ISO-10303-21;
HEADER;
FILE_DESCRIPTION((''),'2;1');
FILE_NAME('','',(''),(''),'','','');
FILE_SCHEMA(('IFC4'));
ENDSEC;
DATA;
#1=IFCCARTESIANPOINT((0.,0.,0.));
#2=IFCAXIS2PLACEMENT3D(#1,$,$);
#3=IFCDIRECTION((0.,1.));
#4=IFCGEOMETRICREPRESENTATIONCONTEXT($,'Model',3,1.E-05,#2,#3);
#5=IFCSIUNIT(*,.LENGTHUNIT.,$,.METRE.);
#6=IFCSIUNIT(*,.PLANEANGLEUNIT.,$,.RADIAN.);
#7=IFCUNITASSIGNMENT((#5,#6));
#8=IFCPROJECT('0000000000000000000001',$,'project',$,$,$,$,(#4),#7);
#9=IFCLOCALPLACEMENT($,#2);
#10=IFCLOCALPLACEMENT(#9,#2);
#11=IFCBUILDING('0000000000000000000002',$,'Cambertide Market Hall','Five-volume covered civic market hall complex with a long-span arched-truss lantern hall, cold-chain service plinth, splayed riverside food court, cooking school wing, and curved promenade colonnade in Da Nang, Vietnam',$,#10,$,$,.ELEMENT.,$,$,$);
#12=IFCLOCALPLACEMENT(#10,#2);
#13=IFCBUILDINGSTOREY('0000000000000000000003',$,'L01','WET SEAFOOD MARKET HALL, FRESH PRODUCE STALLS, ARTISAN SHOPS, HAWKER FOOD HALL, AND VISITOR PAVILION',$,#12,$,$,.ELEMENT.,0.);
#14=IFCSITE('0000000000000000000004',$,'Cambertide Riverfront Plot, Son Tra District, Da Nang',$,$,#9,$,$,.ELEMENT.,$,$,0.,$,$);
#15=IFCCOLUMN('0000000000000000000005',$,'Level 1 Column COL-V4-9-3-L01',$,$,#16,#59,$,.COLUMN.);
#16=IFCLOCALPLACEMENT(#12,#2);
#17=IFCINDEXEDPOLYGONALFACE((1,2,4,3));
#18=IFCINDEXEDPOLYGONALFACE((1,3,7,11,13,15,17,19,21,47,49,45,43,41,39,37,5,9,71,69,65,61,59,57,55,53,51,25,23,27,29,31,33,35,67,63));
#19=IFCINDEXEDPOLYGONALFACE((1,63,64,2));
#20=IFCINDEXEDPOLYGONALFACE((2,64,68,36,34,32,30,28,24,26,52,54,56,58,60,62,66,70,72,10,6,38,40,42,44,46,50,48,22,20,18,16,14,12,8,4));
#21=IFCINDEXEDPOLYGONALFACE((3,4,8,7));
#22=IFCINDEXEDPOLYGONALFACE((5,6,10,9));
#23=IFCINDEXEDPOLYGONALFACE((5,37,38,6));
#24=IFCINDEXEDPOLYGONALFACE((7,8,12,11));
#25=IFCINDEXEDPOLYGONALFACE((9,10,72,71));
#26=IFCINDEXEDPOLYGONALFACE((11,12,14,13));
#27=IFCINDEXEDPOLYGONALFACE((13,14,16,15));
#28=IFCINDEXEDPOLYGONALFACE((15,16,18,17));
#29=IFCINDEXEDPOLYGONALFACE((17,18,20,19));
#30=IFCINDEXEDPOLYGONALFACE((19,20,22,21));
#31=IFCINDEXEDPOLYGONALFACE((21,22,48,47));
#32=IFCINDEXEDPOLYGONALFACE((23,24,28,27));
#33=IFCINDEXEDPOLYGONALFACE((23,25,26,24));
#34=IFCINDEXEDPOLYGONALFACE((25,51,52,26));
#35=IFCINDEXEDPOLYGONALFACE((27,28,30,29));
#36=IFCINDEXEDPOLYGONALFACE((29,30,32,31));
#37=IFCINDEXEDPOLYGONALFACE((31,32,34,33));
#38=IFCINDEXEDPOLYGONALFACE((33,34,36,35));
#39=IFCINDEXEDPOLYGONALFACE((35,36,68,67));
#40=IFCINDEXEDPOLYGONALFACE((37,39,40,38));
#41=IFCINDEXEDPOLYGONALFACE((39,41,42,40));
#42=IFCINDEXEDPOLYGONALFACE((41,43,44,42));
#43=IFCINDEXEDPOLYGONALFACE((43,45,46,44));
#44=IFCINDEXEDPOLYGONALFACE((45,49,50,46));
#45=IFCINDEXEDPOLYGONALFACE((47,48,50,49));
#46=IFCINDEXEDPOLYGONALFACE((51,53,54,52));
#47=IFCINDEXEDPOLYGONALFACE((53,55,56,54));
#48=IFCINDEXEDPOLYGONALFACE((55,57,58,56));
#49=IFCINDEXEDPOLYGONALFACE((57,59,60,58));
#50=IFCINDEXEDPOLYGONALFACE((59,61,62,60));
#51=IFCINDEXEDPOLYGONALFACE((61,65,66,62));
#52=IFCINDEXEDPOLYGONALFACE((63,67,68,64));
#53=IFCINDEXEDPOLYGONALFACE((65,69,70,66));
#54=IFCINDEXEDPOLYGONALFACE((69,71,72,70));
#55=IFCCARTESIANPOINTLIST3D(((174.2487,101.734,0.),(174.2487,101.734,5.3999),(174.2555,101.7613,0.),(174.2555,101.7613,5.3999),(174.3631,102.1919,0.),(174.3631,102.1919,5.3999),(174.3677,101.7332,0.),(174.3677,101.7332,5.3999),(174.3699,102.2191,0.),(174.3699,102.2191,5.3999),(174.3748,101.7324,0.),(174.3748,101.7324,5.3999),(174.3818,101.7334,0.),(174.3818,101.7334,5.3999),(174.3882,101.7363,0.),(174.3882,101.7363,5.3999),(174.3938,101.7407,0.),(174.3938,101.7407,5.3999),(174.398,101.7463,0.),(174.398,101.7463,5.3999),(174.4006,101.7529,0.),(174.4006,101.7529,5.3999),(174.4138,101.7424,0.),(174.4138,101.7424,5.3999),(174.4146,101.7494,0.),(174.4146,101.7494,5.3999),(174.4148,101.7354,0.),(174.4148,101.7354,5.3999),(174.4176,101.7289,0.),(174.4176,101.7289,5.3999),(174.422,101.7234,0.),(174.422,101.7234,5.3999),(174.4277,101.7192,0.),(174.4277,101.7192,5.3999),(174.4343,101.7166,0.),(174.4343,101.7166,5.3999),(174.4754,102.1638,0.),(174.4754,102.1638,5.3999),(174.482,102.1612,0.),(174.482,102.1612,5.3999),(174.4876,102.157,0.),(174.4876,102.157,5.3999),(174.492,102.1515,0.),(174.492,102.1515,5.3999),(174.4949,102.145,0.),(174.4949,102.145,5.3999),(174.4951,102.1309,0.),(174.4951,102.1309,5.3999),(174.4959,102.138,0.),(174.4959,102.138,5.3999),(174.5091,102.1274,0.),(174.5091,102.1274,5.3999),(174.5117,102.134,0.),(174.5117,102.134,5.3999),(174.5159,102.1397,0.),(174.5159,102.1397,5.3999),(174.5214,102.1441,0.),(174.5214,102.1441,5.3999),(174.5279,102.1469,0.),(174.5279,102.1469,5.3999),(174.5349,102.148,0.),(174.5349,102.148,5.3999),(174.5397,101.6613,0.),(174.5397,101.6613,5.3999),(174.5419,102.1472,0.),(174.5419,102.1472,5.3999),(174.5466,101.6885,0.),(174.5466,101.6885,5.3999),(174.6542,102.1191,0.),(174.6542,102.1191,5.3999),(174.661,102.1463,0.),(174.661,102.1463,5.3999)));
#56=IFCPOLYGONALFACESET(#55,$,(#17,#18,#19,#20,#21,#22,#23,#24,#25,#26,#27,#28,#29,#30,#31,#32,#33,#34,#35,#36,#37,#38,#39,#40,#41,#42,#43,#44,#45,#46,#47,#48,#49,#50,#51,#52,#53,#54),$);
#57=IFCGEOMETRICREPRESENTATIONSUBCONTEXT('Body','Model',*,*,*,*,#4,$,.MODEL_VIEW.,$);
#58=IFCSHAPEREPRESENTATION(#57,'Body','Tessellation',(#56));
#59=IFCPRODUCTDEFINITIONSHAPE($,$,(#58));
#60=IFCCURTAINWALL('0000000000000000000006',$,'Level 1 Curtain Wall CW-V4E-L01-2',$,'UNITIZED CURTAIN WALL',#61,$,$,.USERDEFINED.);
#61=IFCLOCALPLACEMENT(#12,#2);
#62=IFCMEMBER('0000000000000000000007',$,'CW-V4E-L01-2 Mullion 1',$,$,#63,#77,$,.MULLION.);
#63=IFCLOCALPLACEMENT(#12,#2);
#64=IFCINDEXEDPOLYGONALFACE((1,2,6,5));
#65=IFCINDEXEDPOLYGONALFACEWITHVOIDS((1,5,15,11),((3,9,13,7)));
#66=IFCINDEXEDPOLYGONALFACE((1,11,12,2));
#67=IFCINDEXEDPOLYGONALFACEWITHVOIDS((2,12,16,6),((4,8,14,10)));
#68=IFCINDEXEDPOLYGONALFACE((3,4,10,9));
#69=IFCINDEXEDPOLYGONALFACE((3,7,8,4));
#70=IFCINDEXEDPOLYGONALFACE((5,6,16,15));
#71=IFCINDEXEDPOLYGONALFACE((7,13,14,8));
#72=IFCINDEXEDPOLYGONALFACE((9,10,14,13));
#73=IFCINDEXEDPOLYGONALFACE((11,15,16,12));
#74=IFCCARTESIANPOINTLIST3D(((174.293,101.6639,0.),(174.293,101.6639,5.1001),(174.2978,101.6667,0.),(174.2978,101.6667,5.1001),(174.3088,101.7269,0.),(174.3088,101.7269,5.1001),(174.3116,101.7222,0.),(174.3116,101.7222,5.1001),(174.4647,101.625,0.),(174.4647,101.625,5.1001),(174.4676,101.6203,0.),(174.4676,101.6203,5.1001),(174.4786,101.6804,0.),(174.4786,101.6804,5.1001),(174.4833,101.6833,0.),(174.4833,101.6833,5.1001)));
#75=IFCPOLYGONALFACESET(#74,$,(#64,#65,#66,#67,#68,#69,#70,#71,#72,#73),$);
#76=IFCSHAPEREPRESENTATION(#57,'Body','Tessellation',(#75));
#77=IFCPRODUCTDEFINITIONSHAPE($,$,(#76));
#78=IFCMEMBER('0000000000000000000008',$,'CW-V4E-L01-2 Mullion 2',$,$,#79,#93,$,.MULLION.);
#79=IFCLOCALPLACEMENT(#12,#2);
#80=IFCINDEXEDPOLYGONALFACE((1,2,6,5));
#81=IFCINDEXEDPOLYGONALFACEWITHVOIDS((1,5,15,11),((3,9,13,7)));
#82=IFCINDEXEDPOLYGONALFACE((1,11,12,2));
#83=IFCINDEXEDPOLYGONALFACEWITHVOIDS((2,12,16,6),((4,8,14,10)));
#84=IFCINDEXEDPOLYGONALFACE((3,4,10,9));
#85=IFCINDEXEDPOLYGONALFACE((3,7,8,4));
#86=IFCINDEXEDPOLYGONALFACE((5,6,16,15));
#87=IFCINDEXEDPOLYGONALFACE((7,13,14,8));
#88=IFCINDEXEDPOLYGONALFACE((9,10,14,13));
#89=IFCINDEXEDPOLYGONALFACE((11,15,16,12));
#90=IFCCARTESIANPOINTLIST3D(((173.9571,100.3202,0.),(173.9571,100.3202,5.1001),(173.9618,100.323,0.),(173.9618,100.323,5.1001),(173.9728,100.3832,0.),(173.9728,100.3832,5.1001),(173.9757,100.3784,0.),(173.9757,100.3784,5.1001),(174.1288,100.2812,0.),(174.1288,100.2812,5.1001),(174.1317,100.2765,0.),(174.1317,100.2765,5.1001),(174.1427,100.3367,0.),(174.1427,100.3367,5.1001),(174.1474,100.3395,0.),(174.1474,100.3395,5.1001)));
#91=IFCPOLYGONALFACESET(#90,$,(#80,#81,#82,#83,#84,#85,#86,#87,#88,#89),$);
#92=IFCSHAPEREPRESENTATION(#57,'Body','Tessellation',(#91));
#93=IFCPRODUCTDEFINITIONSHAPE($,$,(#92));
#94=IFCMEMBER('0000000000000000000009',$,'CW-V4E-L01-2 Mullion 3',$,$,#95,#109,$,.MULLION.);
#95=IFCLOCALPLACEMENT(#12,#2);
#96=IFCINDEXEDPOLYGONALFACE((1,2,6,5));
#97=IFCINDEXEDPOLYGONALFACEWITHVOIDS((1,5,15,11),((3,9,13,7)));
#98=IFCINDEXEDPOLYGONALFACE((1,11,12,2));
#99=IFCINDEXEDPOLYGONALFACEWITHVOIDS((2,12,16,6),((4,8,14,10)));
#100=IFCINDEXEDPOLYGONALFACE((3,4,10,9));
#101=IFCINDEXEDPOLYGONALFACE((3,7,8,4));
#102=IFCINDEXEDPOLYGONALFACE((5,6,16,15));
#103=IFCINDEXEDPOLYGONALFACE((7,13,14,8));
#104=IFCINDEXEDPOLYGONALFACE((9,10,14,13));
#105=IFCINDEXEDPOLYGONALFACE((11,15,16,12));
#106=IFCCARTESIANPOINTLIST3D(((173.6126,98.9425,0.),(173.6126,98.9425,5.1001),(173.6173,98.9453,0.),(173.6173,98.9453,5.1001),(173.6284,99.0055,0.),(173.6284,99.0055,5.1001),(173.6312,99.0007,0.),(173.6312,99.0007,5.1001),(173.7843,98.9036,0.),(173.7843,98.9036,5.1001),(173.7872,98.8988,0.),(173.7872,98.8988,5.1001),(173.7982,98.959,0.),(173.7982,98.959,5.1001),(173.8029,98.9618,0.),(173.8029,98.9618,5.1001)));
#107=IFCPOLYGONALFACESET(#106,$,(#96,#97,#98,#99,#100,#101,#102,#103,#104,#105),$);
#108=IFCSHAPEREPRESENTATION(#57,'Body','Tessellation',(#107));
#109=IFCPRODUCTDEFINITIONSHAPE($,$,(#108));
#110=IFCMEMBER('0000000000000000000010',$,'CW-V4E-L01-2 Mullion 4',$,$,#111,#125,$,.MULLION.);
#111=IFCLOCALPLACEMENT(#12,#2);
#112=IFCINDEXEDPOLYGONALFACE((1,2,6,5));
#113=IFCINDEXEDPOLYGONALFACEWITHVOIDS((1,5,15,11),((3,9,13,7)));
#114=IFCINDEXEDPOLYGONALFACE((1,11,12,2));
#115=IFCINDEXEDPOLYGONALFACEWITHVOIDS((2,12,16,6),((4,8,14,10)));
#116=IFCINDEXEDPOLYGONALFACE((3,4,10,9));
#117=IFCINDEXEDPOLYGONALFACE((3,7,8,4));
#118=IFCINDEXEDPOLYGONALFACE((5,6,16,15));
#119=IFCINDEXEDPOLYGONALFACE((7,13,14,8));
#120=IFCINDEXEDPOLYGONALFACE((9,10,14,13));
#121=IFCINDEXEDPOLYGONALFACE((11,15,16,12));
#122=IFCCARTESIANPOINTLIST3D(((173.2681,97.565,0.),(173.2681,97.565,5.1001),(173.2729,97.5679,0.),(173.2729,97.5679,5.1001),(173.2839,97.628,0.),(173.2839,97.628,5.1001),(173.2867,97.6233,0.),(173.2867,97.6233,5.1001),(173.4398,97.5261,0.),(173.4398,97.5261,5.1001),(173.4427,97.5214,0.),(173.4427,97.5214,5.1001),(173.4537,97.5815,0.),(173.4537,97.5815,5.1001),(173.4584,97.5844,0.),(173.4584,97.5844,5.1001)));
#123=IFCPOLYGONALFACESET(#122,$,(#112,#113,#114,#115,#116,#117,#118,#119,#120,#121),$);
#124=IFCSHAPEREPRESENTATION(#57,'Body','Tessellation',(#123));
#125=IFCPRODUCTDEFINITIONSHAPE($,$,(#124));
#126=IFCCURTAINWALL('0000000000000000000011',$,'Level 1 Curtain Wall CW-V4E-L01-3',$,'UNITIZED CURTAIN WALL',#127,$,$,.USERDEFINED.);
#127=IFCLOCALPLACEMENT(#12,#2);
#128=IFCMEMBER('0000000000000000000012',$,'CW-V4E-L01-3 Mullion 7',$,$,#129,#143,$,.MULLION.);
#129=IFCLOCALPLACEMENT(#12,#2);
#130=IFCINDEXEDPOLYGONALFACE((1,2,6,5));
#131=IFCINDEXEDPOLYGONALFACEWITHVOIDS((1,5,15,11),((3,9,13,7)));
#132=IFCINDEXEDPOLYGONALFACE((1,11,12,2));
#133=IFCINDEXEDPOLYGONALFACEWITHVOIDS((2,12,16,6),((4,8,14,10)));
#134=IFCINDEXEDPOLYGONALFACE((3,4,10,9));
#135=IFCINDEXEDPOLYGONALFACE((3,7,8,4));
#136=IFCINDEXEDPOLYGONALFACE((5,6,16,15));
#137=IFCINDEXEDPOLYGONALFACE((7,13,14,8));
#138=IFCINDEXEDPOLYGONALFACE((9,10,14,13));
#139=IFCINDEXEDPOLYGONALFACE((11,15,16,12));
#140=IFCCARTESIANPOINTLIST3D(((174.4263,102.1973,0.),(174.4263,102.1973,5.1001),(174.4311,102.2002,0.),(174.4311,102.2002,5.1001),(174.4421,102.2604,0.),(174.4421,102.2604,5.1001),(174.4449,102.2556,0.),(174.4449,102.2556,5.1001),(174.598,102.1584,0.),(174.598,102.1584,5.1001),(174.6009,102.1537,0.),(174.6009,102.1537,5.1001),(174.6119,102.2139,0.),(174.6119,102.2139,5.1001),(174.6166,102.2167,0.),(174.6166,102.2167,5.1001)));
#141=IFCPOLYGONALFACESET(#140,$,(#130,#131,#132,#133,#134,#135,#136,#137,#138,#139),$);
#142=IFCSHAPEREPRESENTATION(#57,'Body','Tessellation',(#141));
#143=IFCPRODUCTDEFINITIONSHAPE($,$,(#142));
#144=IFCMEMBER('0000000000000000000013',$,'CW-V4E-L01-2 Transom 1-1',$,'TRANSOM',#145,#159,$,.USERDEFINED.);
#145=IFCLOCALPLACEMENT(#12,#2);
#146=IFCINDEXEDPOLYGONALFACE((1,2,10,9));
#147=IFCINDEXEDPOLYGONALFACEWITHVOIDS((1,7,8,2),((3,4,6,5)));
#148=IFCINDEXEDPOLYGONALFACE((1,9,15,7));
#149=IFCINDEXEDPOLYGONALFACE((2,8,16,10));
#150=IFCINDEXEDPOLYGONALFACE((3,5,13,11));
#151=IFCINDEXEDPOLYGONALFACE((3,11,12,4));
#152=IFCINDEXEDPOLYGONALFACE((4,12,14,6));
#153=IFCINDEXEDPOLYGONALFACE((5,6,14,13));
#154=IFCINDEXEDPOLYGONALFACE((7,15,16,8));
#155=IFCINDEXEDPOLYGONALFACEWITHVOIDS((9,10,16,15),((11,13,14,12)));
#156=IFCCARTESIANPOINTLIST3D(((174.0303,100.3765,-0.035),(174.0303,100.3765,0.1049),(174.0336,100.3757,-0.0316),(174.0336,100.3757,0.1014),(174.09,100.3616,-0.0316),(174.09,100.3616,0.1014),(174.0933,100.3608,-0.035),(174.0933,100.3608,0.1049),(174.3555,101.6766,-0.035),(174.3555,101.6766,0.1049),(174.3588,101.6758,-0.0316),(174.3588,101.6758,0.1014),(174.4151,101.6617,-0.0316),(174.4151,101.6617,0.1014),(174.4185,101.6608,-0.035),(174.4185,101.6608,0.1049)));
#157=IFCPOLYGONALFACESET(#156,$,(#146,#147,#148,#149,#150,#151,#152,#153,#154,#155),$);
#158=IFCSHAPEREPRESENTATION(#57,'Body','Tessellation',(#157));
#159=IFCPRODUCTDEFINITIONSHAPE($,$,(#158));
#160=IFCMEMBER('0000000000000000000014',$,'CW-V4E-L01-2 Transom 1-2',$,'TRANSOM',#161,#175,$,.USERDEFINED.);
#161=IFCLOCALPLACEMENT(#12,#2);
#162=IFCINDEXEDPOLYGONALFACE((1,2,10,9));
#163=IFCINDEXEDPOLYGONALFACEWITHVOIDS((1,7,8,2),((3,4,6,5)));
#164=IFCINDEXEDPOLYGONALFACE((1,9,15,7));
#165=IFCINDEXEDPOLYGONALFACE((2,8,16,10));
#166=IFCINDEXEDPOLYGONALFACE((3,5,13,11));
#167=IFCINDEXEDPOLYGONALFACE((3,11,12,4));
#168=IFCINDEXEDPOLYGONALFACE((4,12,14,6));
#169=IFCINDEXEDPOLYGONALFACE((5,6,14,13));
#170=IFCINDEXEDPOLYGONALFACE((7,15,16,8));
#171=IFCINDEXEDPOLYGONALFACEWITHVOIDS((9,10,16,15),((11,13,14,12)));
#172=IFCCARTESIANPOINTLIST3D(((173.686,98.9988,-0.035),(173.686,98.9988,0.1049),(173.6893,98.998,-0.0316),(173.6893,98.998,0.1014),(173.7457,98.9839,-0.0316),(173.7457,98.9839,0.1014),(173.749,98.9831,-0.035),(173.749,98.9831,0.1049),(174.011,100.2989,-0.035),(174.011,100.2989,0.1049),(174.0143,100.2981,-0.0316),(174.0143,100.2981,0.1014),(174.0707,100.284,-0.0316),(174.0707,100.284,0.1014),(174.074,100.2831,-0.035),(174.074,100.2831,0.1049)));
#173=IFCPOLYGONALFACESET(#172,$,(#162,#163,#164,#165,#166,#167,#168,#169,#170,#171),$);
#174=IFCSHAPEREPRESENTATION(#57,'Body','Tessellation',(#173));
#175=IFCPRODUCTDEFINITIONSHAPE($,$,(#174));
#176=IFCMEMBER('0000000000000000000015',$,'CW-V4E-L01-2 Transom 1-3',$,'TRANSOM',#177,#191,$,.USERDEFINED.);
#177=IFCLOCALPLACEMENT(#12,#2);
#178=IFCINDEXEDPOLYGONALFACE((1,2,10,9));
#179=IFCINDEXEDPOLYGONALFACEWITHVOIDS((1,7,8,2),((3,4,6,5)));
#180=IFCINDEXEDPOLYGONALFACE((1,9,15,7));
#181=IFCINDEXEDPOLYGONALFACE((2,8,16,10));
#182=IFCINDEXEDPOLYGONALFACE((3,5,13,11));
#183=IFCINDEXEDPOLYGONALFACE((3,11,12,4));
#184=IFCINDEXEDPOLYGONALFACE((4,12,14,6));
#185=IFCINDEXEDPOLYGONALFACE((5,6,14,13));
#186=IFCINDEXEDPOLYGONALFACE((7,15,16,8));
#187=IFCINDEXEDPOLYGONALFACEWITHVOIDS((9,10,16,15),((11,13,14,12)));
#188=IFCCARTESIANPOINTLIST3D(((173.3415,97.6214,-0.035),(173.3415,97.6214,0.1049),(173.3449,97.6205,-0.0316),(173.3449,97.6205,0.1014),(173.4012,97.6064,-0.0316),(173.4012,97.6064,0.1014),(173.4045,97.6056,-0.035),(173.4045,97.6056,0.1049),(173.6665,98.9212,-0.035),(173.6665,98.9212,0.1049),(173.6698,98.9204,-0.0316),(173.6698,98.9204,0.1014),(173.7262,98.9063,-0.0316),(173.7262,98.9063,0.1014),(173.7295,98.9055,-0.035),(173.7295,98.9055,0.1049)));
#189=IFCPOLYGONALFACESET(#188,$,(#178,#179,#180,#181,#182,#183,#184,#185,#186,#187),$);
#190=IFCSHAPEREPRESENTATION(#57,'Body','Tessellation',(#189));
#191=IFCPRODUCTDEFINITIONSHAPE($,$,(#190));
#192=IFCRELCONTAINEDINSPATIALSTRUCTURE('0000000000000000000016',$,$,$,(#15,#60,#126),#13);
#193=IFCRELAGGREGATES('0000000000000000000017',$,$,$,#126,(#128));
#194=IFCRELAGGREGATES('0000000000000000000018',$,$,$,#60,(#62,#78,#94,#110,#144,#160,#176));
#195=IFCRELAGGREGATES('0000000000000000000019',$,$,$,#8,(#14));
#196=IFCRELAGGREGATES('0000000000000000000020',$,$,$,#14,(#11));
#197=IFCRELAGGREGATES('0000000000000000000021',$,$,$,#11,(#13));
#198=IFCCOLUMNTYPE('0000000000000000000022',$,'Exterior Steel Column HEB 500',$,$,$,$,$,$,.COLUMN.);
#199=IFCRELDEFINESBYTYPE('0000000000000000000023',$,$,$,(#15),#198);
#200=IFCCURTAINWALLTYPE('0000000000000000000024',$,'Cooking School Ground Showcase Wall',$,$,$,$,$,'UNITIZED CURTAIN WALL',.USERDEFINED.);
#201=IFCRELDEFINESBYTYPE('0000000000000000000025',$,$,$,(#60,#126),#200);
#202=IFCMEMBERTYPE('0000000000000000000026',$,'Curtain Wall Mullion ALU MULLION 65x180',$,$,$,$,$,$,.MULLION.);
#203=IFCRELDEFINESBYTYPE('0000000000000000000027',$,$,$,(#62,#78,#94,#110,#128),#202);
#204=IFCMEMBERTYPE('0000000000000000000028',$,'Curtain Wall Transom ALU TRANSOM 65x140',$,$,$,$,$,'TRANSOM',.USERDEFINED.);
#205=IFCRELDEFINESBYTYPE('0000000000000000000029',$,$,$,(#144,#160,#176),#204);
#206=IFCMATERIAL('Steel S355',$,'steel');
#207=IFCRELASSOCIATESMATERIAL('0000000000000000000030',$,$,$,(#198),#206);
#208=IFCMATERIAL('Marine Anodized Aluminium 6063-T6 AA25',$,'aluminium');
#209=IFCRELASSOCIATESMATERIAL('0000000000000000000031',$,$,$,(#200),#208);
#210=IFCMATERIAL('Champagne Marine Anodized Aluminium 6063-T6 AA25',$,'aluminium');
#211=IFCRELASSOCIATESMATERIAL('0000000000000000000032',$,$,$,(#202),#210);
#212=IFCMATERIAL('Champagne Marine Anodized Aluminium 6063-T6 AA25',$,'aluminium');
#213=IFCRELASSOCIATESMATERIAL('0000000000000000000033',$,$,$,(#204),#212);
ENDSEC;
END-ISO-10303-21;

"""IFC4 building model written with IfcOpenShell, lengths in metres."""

from ifc_helpers import new_model, si_unit, direction, frame, origin, origin_2d, place, context, subcontext, project, spatial, hollow_rectangle, i_section, extrude, material, material_profile, profile_set, type_object, element, aggregate, save


model = new_model("IFC4")

# Units and contexts
model_context = context("Model", 3, precision=1e-05, world=origin(), true_north=direction((0.0, 1.0)))
body_context = subcontext(model_context, "Body", "Model", "MODEL_VIEW")
ifc_project = project(units=[si_unit("LENGTHUNIT", "METRE"), si_unit("PLANEANGLEUNIT", "RADIAN")], contexts=[model_context])

# Site, building, storey
site_placement = place(None, origin())
site = spatial("IfcSite", under=ifc_project, at=site_placement, Name="Cambertide Riverfront Plot, Son Tra District, Da Nang", CompositionType="ELEMENT", RefElevation=0.0)
building_placement = place(site_placement, origin())
building = spatial("IfcBuilding", under=site, at=building_placement, Name="Cambertide Market Hall", Description="Five-volume covered civic market hall complex with a long-span arched-truss lantern hall, cold-chain service plinth, splayed riverside food court, cooking school wing, and curved promenade colonnade in Da Nang, Vietnam", CompositionType="ELEMENT")
storey_placement = place(building_placement, origin())
storey = spatial("IfcBuildingStorey", under=building, at=storey_placement, Name="L01", Description="WET SEAFOOD MARKET HALL, FRESH PRODUCE STALLS, ARTISAN SHOPS, HAWKER FOOD HALL, AND VISITOR PAVILION", CompositionType="ELEMENT", Elevation=0.0)

# Column
ifc_material_1 = material(Name="Steel S355", Category="steel")
ifc_material_profile_1 = material_profile(ifc_material_1, i_section(OverallWidth=0.3, OverallDepth=0.5, WebThickness=0.0144, FlangeThickness=0.0281, FilletRadius=0.0271, at=origin_2d()), Name="HEB 500")
ifc_profile_set_1 = profile_set([ifc_material_profile_1], Name="Steel S355")
column_type = type_object("IfcColumnType", Name="Exterior Steel Column HEB 500", PredefinedType="COLUMN", material=ifc_profile_set_1)
column_placement = place(storey_placement, frame((174.4548, 101.9402, 0.0), z_axis=(0.0, 0.0, 1.0), x_axis=(0.970143, -0.242536, 0.0)))
element("IfcColumn", 1, at=column_placement, inside=storey, type_object=column_type, Name="Level 1 Column COL-V4-9-3-L01", PredefinedType="COLUMN", context=body_context, shape_type="SweptSolid", body=[
    extrude(i_section(OverallWidth=0.3, OverallDepth=0.5, WebThickness=0.0144, FlangeThickness=0.0281, FilletRadius=0.0271, at=origin_2d()), origin(), (0.0, 0.0, 1.0), 5.3999),
])

# Curtain wall, members
ifc_material_2 = material(Name="Marine Anodized Aluminium 6063-T6 AA25", Category="aluminium")
curtain_wall_type = type_object("IfcCurtainWallType", Name="Cooking School Ground Showcase Wall", ElementType="UNITIZED CURTAIN WALL", PredefinedType="USERDEFINED", material=ifc_material_2)
curtain_wall_1_placement = place(storey_placement, origin())
curtain_wall_1 = element("IfcCurtainWall", 2, at=curtain_wall_1_placement, inside=storey, type_object=curtain_wall_type, Name="Level 1 Curtain Wall CW-V4E-L01-2", ObjectType="UNITIZED CURTAIN WALL", PredefinedType="USERDEFINED")
ifc_material_3 = material(Name="Champagne Marine Anodized Aluminium 6063-T6 AA25", Category="aluminium")
ifc_material_profile_2 = material_profile(ifc_material_3, hollow_rectangle(XDim=0.0649, YDim=0.1799, WallThickness=0.0039, at=origin_2d()), Name="ALU MULLION 65x180")
ifc_profile_set_2 = profile_set([ifc_material_profile_2], Name="Champagne Marine Anodized Aluminium 6063-T6 AA25")
member_type_1 = type_object("IfcMemberType", Name="Curtain Wall Mullion ALU MULLION 65x180", PredefinedType="MULLION", material=ifc_profile_set_2)
member_1_placement = place(storey_placement, frame((174.3882, 101.6736, 0.0), z_axis=(0.0, 0.0, 1.0), x_axis=(-0.242536, -0.970142, 0.0)))
member_1 = element("IfcMember", 3, at=member_1_placement, type_object=member_type_1, Name="CW-V4E-L01-2 Mullion 1", PredefinedType="MULLION", context=body_context, shape_type="SweptSolid", body=[
    extrude(hollow_rectangle(XDim=0.0649, YDim=0.1799, WallThickness=0.0039, at=origin_2d()), origin(), (0.0, 0.0, 1.0), 5.1001),
])
member_2_placement = place(storey_placement, frame((174.0522, 100.3298, 0.0), z_axis=(0.0, 0.0, 1.0), x_axis=(-0.242536, -0.970142, 0.0)))
member_2 = element("IfcMember", 4, at=member_2_placement, type_object=member_type_1, Name="CW-V4E-L01-2 Mullion 2", PredefinedType="MULLION", context=body_context, shape_type="SweptSolid", body=[
    extrude(hollow_rectangle(XDim=0.0649, YDim=0.1799, WallThickness=0.0039, at=origin_2d()), origin(), (0.0, 0.0, 1.0), 5.1001),
])
member_3_placement = place(storey_placement, frame((173.7078, 98.9521, 0.0), z_axis=(0.0, 0.0, 1.0), x_axis=(-0.242536, -0.970142, 0.0)))
member_3 = element("IfcMember", 5, at=member_3_placement, type_object=member_type_1, Name="CW-V4E-L01-2 Mullion 3", PredefinedType="MULLION", context=body_context, shape_type="SweptSolid", body=[
    extrude(hollow_rectangle(XDim=0.0649, YDim=0.1799, WallThickness=0.0039, at=origin_2d()), origin(), (0.0, 0.0, 1.0), 5.1001),
])
member_4_placement = place(storey_placement, frame((173.3633, 97.5747, 0.0), z_axis=(0.0, 0.0, 1.0), x_axis=(-0.242536, -0.970142, 0.0)))
member_4 = element("IfcMember", 6, at=member_4_placement, type_object=member_type_1, Name="CW-V4E-L01-2 Mullion 4", PredefinedType="MULLION", context=body_context, shape_type="SweptSolid", body=[
    extrude(hollow_rectangle(XDim=0.0649, YDim=0.1799, WallThickness=0.0039, at=origin_2d()), origin(), (0.0, 0.0, 1.0), 5.1001),
])

# Curtain wall, member
curtain_wall_2_placement = place(storey_placement, origin())
curtain_wall_2 = element("IfcCurtainWall", 7, at=curtain_wall_2_placement, inside=storey, type_object=curtain_wall_type, Name="Level 1 Curtain Wall CW-V4E-L01-3", ObjectType="UNITIZED CURTAIN WALL", PredefinedType="USERDEFINED")
member_5_placement = place(storey_placement, frame((174.5215, 102.207, 0.0), z_axis=(0.0, 0.0, 1.0), x_axis=(-0.242536, -0.970143, 0.0)))
member_5 = element("IfcMember", 8, at=member_5_placement, type_object=member_type_1, Name="CW-V4E-L01-3 Mullion 7", PredefinedType="MULLION", context=body_context, shape_type="SweptSolid", body=[
    extrude(hollow_rectangle(XDim=0.0649, YDim=0.1799, WallThickness=0.0039, at=origin_2d()), origin(), (0.0, 0.0, 1.0), 5.1001),
])
aggregate(curtain_wall_2, [member_5])

# Members
ifc_material_4 = material(Name="Champagne Marine Anodized Aluminium 6063-T6 AA25", Category="aluminium")
ifc_material_profile_3 = material_profile(ifc_material_4, hollow_rectangle(XDim=0.0649, YDim=0.1399, WallThickness=0.0034, at=origin_2d()), Name="ALU TRANSOM 65x140")
ifc_profile_set_3 = profile_set([ifc_material_profile_3], Name="Champagne Marine Anodized Aluminium 6063-T6 AA25")
member_type_2 = type_object("IfcMemberType", Name="Curtain Wall Transom ALU TRANSOM 65x140", ElementType="TRANSOM", PredefinedType="USERDEFINED", material=ifc_profile_set_3)
member_6_placement = place(storey_placement, frame((174.387, 101.6687, 0.0349), z_axis=(-0.242664, -0.97011, 0.0), x_axis=(0.97011, -0.242664, 0.0)))
member_6 = element("IfcMember", 9, at=member_6_placement, type_object=member_type_2, Name="CW-V4E-L01-2 Transom 1-1", ObjectType="TRANSOM", PredefinedType="USERDEFINED", context=body_context, shape_type="SweptSolid", body=[
    extrude(hollow_rectangle(XDim=0.0649, YDim=0.1399, WallThickness=0.0034, at=origin_2d()), origin(), (0.0, 0.0, 1.0), 1.3401),
])
member_7_placement = place(storey_placement, frame((174.0425, 100.291, 0.0349), z_axis=(-0.242493, -0.970153, 0.0), x_axis=(0.970153, -0.242493, 0.0)))
member_7 = element("IfcMember", 10, at=member_7_placement, type_object=member_type_2, Name="CW-V4E-L01-2 Transom 1-2", ObjectType="TRANSOM", PredefinedType="USERDEFINED", context=body_context, shape_type="SweptSolid", body=[
    extrude(hollow_rectangle(XDim=0.0649, YDim=0.1399, WallThickness=0.0034, at=origin_2d()), origin(), (0.0, 0.0, 1.0), 1.3401),
])
member_8_placement = place(storey_placement, frame((173.698, 98.9133, 0.0349), z_axis=(-0.242536, -0.970143, 0.0), x_axis=(0.970143, -0.242536, 0.0)))
member_8 = element("IfcMember", 11, at=member_8_placement, type_object=member_type_2, Name="CW-V4E-L01-2 Transom 1-3", ObjectType="TRANSOM", PredefinedType="USERDEFINED", context=body_context, shape_type="SweptSolid", body=[
    extrude(hollow_rectangle(XDim=0.0649, YDim=0.1399, WallThickness=0.0034, at=origin_2d()), origin(), (0.0, 0.0, 1.0), 1.3398),
])

aggregate(curtain_wall_1, [member_1, member_2, member_3, member_4, member_6, member_7, member_8])

save(model, "model.ifc")
